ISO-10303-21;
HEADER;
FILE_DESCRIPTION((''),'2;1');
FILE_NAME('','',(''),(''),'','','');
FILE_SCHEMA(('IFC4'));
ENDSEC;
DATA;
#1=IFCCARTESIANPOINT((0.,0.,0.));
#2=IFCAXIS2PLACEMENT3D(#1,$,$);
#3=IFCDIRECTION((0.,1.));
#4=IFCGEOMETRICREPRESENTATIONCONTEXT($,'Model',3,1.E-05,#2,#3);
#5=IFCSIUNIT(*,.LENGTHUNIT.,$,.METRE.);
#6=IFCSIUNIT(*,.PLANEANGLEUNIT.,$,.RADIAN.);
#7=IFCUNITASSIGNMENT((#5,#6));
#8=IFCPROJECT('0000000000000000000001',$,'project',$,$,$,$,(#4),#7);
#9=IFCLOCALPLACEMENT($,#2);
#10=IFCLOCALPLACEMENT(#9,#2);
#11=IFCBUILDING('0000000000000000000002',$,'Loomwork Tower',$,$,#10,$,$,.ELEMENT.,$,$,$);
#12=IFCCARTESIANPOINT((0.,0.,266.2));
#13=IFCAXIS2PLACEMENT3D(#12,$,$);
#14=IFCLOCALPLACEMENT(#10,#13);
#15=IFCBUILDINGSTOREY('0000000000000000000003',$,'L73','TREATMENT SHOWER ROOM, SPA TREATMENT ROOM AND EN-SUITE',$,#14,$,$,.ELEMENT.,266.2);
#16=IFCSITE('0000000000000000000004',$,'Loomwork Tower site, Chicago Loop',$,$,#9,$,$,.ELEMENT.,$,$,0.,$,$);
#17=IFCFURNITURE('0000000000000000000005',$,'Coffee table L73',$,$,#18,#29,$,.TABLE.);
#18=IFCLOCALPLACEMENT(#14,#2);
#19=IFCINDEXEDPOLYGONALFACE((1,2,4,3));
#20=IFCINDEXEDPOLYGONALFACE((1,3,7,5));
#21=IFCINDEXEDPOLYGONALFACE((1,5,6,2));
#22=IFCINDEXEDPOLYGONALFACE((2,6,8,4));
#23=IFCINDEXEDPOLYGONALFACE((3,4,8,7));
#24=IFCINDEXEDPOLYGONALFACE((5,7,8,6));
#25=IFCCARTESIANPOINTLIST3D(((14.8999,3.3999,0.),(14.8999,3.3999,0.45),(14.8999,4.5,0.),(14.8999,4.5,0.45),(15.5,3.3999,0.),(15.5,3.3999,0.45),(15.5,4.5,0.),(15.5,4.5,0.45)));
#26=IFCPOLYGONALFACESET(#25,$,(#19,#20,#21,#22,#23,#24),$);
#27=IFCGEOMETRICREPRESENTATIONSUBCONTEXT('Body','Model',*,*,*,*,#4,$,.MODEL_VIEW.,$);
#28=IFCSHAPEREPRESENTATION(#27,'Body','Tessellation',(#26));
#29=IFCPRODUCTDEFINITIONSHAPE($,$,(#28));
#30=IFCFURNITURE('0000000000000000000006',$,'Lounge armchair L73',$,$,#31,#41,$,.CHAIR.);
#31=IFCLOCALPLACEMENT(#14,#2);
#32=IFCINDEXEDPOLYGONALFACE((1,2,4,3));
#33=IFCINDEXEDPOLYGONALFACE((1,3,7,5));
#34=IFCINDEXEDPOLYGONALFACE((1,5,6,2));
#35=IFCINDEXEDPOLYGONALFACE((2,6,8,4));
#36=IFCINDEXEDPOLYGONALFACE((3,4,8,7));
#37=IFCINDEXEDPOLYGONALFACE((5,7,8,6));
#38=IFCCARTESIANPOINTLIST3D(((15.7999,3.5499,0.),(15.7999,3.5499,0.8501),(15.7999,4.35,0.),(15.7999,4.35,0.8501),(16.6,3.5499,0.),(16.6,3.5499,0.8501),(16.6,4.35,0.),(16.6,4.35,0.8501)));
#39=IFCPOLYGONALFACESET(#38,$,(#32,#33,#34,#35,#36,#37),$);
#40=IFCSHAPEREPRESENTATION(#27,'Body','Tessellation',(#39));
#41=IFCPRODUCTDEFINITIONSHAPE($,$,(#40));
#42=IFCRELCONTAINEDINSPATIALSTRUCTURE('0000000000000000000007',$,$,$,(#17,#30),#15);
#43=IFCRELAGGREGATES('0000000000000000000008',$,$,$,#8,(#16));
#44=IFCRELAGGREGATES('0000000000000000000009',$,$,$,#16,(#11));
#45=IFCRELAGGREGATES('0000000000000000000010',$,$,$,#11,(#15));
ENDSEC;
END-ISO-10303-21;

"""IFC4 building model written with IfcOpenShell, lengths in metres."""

from ifc_helpers import new_model, si_unit, direction, frame, origin, origin_2d, place, context, subcontext, project, spatial, rectangle, extrude, element, save


model = new_model("IFC4")

# Units and contexts
model_context = context("Model", 3, precision=1e-05, world=origin(), true_north=direction((0.0, 1.0)))
body_context = subcontext(model_context, "Body", "Model", "MODEL_VIEW")
ifc_project = project(units=[si_unit("LENGTHUNIT", "METRE"), si_unit("PLANEANGLEUNIT", "RADIAN")], contexts=[model_context])

# Site, building, storey
site_placement = place(None, origin())
site = spatial("IfcSite", under=ifc_project, at=site_placement, Name="Loomwork Tower site, Chicago Loop", CompositionType="ELEMENT", RefElevation=0.0)
building_placement = place(site_placement, origin())
building = spatial("IfcBuilding", under=site, at=building_placement, Name="Loomwork Tower", CompositionType="ELEMENT")
storey_placement = place(building_placement, frame((0.0, 0.0, 266.2)))
storey = spatial("IfcBuildingStorey", under=building, at=storey_placement, Name="L73", Description="TREATMENT SHOWER ROOM, SPA TREATMENT ROOM AND EN-SUITE", CompositionType="ELEMENT", Elevation=266.2)

# Furniture
furniture_1_placement = place(storey_placement, frame((15.2, 3.95, 0.0), z_axis=(0.0, 0.0, 1.0), x_axis=(1.0, 0.0, 0.0)))
element("IfcFurniture", 1, at=furniture_1_placement, inside=storey, Name="Coffee table L73", PredefinedType="TABLE", context=body_context, shape_type="SweptSolid", body=[
    extrude(rectangle(XDim=0.6001, YDim=1.1001, at=origin_2d()), origin(), (0.0, 0.0, 1.0), 0.45),
])
furniture_2_placement = place(storey_placement, frame((16.2, 3.95, 0.0), z_axis=(0.0, 0.0, 1.0), x_axis=(1.0, 0.0, 0.0)))
element("IfcFurniture", 2, at=furniture_2_placement, inside=storey, Name="Lounge armchair L73", PredefinedType="CHAIR", context=body_context, shape_type="SweptSolid", body=[
    extrude(rectangle(XDim=0.8, YDim=0.8, at=origin_2d()), origin(), (0.0, 0.0, 1.0), 0.8501),
])

save(model, "model.ifc")
